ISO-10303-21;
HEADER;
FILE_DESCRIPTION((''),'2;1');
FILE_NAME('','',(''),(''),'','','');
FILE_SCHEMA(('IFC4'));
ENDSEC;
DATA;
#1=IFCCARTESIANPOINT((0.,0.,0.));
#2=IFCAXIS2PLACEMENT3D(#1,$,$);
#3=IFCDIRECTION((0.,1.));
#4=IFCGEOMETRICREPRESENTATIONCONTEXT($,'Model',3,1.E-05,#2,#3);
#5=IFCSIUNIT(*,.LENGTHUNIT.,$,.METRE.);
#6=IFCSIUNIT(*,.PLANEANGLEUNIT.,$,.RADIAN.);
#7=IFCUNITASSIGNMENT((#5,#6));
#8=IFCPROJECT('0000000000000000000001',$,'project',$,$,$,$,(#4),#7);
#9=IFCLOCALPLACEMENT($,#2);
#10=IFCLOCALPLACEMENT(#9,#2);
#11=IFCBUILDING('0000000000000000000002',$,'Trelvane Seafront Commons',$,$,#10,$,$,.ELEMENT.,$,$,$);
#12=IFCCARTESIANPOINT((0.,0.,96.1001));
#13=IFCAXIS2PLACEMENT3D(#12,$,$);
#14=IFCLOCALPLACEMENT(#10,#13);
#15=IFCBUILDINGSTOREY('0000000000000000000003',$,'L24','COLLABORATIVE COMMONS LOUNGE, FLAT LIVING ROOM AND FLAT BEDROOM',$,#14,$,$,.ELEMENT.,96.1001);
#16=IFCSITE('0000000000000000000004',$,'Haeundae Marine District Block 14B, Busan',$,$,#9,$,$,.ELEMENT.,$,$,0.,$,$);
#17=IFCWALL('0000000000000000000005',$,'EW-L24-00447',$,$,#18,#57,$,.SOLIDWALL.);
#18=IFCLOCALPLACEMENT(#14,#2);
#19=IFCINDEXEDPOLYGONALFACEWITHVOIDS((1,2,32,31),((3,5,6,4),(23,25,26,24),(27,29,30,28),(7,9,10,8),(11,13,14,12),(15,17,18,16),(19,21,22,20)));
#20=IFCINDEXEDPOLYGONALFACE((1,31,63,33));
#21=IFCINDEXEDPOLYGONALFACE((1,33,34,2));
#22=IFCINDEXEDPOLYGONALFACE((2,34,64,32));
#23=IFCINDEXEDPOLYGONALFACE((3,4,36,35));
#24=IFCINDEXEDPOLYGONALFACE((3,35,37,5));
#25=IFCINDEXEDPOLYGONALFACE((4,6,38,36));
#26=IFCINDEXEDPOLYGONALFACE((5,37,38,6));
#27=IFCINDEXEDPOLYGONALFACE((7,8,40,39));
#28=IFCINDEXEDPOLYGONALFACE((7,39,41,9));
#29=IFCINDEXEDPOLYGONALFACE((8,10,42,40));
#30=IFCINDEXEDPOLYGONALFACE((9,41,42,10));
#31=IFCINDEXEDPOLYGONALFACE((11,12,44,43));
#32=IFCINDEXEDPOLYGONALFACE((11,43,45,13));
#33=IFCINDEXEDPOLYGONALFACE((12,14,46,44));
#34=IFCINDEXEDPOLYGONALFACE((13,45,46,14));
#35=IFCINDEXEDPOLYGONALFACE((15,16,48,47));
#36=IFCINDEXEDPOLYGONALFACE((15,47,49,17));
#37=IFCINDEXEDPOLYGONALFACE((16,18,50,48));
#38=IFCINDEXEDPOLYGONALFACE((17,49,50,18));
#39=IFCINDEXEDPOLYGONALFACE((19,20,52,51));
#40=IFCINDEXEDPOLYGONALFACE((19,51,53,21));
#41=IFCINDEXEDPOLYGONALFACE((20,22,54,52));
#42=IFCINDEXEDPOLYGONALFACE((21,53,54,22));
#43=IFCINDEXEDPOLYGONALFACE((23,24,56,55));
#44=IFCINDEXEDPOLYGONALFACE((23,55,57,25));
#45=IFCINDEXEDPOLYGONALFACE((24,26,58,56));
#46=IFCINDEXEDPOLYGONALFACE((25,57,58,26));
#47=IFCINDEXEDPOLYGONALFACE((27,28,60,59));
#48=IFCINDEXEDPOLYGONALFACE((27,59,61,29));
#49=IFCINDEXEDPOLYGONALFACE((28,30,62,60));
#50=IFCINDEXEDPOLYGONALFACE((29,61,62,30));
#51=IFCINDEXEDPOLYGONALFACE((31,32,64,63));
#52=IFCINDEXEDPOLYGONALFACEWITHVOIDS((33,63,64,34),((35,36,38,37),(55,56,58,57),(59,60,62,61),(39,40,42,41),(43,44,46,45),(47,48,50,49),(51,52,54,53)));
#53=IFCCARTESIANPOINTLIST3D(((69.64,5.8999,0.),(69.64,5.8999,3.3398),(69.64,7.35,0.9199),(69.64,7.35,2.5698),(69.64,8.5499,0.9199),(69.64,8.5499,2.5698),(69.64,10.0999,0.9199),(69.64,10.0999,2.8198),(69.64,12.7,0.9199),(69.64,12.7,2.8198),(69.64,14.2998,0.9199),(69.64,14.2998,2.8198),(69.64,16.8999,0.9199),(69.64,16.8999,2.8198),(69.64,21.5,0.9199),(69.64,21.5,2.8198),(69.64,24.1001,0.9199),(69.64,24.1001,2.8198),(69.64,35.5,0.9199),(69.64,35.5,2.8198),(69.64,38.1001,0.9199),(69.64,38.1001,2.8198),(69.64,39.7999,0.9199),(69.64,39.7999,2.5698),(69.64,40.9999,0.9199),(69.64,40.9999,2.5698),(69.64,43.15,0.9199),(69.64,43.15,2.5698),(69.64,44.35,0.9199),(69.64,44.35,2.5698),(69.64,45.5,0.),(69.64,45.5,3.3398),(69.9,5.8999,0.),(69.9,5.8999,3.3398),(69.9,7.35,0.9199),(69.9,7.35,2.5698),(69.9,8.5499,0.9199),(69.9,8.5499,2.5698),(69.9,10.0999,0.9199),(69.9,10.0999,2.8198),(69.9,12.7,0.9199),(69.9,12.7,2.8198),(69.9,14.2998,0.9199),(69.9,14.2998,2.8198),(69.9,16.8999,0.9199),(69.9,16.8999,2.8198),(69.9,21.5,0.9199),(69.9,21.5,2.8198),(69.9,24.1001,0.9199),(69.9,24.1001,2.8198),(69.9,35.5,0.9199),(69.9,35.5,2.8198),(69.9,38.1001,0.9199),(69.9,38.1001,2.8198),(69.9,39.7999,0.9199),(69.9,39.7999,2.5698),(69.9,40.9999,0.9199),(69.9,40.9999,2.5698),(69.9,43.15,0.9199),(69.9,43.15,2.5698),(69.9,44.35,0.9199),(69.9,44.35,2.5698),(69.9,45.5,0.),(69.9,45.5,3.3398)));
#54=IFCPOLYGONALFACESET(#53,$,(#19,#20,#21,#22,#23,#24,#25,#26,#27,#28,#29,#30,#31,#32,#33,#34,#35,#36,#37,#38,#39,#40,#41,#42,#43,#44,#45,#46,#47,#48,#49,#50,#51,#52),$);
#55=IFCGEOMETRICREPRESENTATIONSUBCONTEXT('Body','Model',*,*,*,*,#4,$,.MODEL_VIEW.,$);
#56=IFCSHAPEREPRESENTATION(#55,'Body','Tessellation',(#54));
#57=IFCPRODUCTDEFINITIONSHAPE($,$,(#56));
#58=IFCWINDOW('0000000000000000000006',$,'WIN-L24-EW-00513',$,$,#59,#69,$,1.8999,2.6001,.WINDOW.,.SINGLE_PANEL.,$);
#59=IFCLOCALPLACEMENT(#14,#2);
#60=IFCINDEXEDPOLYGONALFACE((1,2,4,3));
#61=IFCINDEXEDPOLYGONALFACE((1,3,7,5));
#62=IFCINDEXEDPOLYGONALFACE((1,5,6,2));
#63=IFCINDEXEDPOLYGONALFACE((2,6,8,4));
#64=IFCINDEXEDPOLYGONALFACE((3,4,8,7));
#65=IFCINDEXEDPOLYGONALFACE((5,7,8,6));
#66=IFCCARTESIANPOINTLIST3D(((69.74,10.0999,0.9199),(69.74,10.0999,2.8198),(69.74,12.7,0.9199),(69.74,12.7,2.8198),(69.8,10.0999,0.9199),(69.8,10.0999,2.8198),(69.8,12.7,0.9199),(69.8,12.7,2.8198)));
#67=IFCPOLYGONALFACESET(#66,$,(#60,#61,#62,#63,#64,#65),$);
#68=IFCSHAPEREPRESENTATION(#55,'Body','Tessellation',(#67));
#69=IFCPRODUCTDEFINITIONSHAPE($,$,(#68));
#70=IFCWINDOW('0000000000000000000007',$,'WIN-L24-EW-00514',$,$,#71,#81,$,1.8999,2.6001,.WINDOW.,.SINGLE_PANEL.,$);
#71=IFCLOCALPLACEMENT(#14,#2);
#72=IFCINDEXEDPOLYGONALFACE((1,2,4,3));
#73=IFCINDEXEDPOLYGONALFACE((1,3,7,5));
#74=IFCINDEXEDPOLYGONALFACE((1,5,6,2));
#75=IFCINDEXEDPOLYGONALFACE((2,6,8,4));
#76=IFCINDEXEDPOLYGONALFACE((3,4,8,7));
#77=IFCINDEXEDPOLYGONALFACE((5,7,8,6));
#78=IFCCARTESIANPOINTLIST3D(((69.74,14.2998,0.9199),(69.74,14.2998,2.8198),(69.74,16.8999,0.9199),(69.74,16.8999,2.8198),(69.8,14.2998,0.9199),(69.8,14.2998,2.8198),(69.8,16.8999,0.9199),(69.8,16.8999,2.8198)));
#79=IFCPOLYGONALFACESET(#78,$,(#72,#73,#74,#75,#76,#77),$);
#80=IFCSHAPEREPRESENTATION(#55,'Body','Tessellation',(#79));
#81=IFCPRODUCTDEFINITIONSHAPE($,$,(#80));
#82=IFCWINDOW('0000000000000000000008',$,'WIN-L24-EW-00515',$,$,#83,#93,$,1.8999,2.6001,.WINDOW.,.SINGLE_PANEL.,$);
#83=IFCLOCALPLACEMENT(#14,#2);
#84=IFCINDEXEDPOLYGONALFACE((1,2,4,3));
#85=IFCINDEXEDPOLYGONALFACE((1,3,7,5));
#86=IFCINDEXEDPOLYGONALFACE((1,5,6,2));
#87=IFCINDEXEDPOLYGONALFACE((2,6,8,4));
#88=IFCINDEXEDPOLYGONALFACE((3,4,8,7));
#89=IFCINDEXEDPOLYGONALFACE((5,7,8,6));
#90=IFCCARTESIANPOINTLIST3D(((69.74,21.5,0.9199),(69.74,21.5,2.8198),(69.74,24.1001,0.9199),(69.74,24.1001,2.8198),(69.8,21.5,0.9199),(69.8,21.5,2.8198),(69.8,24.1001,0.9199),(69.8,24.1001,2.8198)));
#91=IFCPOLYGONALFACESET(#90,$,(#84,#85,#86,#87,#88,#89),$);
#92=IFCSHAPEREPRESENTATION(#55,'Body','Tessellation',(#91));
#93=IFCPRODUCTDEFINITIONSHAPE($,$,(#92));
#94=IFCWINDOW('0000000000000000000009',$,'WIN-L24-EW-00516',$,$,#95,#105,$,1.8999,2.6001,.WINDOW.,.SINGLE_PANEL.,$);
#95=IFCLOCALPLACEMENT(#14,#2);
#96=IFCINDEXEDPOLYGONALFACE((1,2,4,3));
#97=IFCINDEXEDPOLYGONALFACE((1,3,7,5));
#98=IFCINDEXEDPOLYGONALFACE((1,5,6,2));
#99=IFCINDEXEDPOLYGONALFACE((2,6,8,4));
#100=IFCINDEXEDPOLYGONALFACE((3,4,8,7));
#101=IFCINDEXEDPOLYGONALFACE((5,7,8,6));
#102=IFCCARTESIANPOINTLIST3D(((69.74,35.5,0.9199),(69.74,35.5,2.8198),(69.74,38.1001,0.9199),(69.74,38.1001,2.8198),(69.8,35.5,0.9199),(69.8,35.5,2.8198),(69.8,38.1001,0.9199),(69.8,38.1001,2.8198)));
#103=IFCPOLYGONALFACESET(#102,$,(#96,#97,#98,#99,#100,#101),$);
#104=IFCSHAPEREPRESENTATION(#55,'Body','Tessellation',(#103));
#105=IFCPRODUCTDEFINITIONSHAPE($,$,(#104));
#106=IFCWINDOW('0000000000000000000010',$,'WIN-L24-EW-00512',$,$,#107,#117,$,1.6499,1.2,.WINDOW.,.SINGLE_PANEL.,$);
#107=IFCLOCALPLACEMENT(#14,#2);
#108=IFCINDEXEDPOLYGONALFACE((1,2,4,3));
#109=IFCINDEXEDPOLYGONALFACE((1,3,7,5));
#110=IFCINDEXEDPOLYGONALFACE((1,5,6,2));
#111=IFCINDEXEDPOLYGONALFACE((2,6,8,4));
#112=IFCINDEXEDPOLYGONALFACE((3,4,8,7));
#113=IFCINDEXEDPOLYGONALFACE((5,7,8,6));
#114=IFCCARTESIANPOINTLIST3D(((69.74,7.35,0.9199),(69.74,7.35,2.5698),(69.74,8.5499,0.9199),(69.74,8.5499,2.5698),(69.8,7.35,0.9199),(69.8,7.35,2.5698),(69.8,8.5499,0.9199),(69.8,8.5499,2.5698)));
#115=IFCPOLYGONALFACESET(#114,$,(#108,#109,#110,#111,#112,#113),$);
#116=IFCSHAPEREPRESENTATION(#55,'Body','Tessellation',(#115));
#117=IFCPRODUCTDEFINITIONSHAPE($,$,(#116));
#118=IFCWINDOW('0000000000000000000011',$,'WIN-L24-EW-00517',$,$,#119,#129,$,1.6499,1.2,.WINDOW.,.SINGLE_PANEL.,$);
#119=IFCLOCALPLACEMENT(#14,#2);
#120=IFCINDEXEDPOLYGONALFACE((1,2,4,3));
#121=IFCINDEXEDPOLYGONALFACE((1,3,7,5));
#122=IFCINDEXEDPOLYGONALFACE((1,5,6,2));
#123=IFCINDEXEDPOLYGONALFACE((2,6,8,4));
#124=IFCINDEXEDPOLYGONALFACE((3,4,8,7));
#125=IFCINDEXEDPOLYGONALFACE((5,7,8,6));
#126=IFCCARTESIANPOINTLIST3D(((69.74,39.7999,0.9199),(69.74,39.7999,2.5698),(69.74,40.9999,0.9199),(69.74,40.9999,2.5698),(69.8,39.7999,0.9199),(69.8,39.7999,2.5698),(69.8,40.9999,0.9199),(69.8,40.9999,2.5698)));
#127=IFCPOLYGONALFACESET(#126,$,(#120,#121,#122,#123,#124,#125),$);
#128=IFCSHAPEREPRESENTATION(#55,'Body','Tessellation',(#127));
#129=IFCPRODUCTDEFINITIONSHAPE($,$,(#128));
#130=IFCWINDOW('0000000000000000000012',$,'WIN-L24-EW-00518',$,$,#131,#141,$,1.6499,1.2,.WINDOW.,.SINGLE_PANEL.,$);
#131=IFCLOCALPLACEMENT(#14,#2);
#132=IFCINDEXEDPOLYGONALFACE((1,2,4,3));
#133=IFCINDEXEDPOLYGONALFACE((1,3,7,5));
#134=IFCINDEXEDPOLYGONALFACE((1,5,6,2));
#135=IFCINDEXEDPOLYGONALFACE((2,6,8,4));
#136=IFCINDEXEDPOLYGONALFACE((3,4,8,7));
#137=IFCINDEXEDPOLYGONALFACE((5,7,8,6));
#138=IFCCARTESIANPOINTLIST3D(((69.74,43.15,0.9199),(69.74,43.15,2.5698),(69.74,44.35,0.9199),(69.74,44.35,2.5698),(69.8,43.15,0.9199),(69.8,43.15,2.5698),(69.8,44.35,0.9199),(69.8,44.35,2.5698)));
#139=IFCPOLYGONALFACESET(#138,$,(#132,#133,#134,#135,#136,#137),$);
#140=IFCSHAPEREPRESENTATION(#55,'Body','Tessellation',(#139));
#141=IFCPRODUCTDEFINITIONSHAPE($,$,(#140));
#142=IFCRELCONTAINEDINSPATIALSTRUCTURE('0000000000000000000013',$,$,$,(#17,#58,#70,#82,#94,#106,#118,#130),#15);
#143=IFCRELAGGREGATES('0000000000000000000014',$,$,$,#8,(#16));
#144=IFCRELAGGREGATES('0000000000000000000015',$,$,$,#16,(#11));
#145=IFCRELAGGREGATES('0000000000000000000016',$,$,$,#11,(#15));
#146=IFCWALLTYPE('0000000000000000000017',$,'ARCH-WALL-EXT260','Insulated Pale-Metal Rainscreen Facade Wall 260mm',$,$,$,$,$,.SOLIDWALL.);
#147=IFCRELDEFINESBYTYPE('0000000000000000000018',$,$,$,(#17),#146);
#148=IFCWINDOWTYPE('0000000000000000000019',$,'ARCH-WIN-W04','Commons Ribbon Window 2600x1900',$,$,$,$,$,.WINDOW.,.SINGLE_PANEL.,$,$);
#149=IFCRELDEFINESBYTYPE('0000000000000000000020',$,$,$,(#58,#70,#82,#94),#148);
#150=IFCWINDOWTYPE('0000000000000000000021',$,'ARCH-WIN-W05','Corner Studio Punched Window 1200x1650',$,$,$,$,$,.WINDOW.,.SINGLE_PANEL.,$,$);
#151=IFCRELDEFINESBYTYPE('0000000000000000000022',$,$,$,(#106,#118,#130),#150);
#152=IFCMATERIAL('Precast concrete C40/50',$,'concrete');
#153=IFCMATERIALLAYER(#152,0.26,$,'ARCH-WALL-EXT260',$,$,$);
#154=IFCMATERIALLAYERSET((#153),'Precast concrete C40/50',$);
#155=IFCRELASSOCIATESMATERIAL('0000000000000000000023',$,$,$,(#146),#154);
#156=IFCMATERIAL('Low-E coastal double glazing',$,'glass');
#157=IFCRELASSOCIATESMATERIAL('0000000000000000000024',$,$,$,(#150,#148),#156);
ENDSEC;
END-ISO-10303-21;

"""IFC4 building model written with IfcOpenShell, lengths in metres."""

from ifc_helpers import new_model, si_unit, direction, frame, frame_2d, origin, place, context, subcontext, project, spatial, rectangle, extrude, source, transform, mapped, material, layer, layer_set, type_object, element, fill, save


model = new_model("IFC4")

# Units and contexts
model_context = context("Model", 3, precision=1e-05, world=origin(), true_north=direction((0.0, 1.0)))
body_context = subcontext(model_context, "Body", "Model", "MODEL_VIEW")
ifc_project = project(units=[si_unit("LENGTHUNIT", "METRE"), si_unit("PLANEANGLEUNIT", "RADIAN")], contexts=[model_context])

# Site, building, storey
site_placement = place(None, origin())
site = spatial("IfcSite", under=ifc_project, at=site_placement, Name="Haeundae Marine District Block 14B, Busan", CompositionType="ELEMENT", RefElevation=0.0)
building_placement = place(site_placement, origin())
building = spatial("IfcBuilding", under=site, at=building_placement, Name="Trelvane Seafront Commons", CompositionType="ELEMENT")
storey_placement = place(building_placement, frame((0.0, 0.0, 96.1001)))
storey = spatial("IfcBuildingStorey", under=building, at=storey_placement, Name="L24", Description="COLLABORATIVE COMMONS LOUNGE, FLAT LIVING ROOM AND FLAT BEDROOM", CompositionType="ELEMENT", Elevation=96.1001)

# Shared definitions
ifc_material_1 = material(Name="Low-E coastal double glazing", Category="glass")

# Shared definitions
ifc_material_2 = material(Name="Precast concrete C40/50", Category="concrete")
ifc_layer_1 = layer(ifc_material_2, 0.26, Name="ARCH-WALL-EXT260")
ifc_layer_set_1 = layer_set([ifc_layer_1], Name="Precast concrete C40/50")
wall_type = type_object("IfcWallType", Name="ARCH-WALL-EXT260", Description="Insulated Pale-Metal Rainscreen Facade Wall 260mm", PredefinedType="SOLIDWALL", material=ifc_layer_set_1)
window_type_1 = type_object("IfcWindowType", Name="ARCH-WIN-W05", Description="Corner Studio Punched Window 1200x1650", PartitioningType="SINGLE_PANEL", PredefinedType="WINDOW", material=ifc_material_1)
shared_shape_1 = source(origin(), body_context, "Body", "SweptSolid", [
    extrude(rectangle(XDim=1.2, YDim=1.6499, at=frame_2d((0.6001, 0.825))), frame((0.0, 0.03, 0.0), z_axis=(0.0, -1.0, 0.0), x_axis=(1.0, 0.0, 0.0)), (0.0, 0.0, 1.0), 0.0601),
])

# Wall, openings, windows
wall_1_placement = place(storey_placement, frame((69.77, 45.5, 0.0), z_axis=(0.0, 0.0, 1.0), x_axis=(0.0, -1.0, 0.0)))
wall_1 = element("IfcWall", 1, at=wall_1_placement, inside=storey, type_object=wall_type, Name="EW-L24-00447", PredefinedType="SOLIDWALL", context=body_context, shape_type="SweptSolid", body=[
    extrude(rectangle(XDim=39.6001, YDim=0.26, at=frame_2d((19.8, 0.0))), origin(), (0.0, 0.0, 1.0), 3.3398),
])
opening_1_placement = place(wall_1_placement, frame((36.95, 0.0, 0.9199)))
opening_1 = element("IfcOpeningElement", 2, at=opening_1_placement, cuts=wall_1, PredefinedType="OPENING", context=body_context, shape_type="SweptSolid", body=[
    extrude(rectangle(XDim=1.2, YDim=1.6499, at=frame_2d((0.6001, 0.825))), frame((0.0, 0.1399, 0.0), z_axis=(0.0, -1.0, 0.0), x_axis=(1.0, 0.0, 0.0)), (0.0, 0.0, 1.0), 0.28),
])
opening_2_placement = place(wall_1_placement, frame((32.8, 0.0, 0.9199)))
opening_2 = element("IfcOpeningElement", 3, at=opening_2_placement, cuts=wall_1, PredefinedType="OPENING", context=body_context, shape_type="SweptSolid", body=[
    extrude(rectangle(XDim=2.6001, YDim=1.8999, at=frame_2d((1.3, 0.95))), frame((0.0, 0.1399, 0.0), z_axis=(0.0, -1.0, 0.0), x_axis=(1.0, 0.0, 0.0)), (0.0, 0.0, 1.0), 0.28),
])
opening_3_placement = place(wall_1_placement, frame((28.6001, 0.0, 0.9199)))
opening_3 = element("IfcOpeningElement", 4, at=opening_3_placement, cuts=wall_1, PredefinedType="OPENING", context=body_context, shape_type="SweptSolid", body=[
    extrude(rectangle(XDim=2.6001, YDim=1.8999, at=frame_2d((1.3, 0.95))), frame((0.0, 0.1399, 0.0), z_axis=(0.0, -1.0, 0.0), x_axis=(1.0, 0.0, 0.0)), (0.0, 0.0, 1.0), 0.28),
])
opening_4_placement = place(wall_1_placement, frame((21.3999, 0.0, 0.9199)))
opening_4 = element("IfcOpeningElement", 5, at=opening_4_placement, cuts=wall_1, PredefinedType="OPENING", context=body_context, shape_type="SweptSolid", body=[
    extrude(rectangle(XDim=2.6001, YDim=1.8999, at=frame_2d((1.3, 0.95))), frame((0.0, 0.1399, 0.0), z_axis=(0.0, -1.0, 0.0), x_axis=(1.0, 0.0, 0.0)), (0.0, 0.0, 1.0), 0.28),
])
opening_5_placement = place(wall_1_placement, frame((7.3999, 0.0, 0.9199)))
opening_5 = element("IfcOpeningElement", 6, at=opening_5_placement, cuts=wall_1, PredefinedType="OPENING", context=body_context, shape_type="SweptSolid", body=[
    extrude(rectangle(XDim=2.6001, YDim=1.8999, at=frame_2d((1.3, 0.95))), frame((0.0, 0.1399, 0.0), z_axis=(0.0, -1.0, 0.0), x_axis=(1.0, 0.0, 0.0)), (0.0, 0.0, 1.0), 0.28),
])
opening_6_placement = place(wall_1_placement, frame((4.5, 0.0, 0.9199)))
opening_6 = element("IfcOpeningElement", 7, at=opening_6_placement, cuts=wall_1, PredefinedType="OPENING", context=body_context, shape_type="SweptSolid", body=[
    extrude(rectangle(XDim=1.2, YDim=1.6499, at=frame_2d((0.6001, 0.825))), frame((0.0, 0.1399, 0.0), z_axis=(0.0, -1.0, 0.0), x_axis=(1.0, 0.0, 0.0)), (0.0, 0.0, 1.0), 0.28),
])
opening_7_placement = place(wall_1_placement, frame((1.1499, 0.0, 0.9199)))
opening_7 = element("IfcOpeningElement", 8, at=opening_7_placement, cuts=wall_1, PredefinedType="OPENING", context=body_context, shape_type="SweptSolid", body=[
    extrude(rectangle(XDim=1.2, YDim=1.6499, at=frame_2d((0.6001, 0.825))), frame((0.0, 0.1399, 0.0), z_axis=(0.0, -1.0, 0.0), x_axis=(1.0, 0.0, 0.0)), (0.0, 0.0, 1.0), 0.28),
])
window_type_2 = type_object("IfcWindowType", Name="ARCH-WIN-W04", Description="Commons Ribbon Window 2600x1900", PartitioningType="SINGLE_PANEL", PredefinedType="WINDOW", material=ifc_material_1)
shared_shape_2 = source(origin(), body_context, "Body", "SweptSolid", [
    extrude(rectangle(XDim=2.6001, YDim=1.8999, at=frame_2d((1.3, 0.95))), frame((0.0, 0.03, 0.0), z_axis=(0.0, -1.0, 0.0), x_axis=(1.0, 0.0, 0.0)), (0.0, 0.0, 1.0), 0.0601),
])
window_1_placement = place(opening_2_placement, origin())
window_1 = element("IfcWindow", 9, at=window_1_placement, inside=storey, type_object=window_type_2, Name="WIN-L24-EW-00513", OverallHeight=1.8999, OverallWidth=2.6001, PartitioningType="SINGLE_PANEL", PredefinedType="WINDOW", context=body_context, shape_type="MappedRepresentation", body=[
    mapped(shared_shape_2, transform((0.0, 0.0, 0.0), x_axis=(1.0, 0.0, 0.0), y_axis=(0.0, 1.0, 0.0), z_axis=(0.0, 0.0, 1.0), scale=1.0)),
])
fill(opening_2, window_1)
window_2_placement = place(opening_3_placement, origin())
window_2 = element("IfcWindow", 10, at=window_2_placement, inside=storey, type_object=window_type_2, Name="WIN-L24-EW-00514", OverallHeight=1.8999, OverallWidth=2.6001, PartitioningType="SINGLE_PANEL", PredefinedType="WINDOW", context=body_context, shape_type="MappedRepresentation", body=[
    mapped(shared_shape_2, transform((0.0, 0.0, 0.0), x_axis=(1.0, 0.0, 0.0), y_axis=(0.0, 1.0, 0.0), z_axis=(0.0, 0.0, 1.0), scale=1.0)),
])
fill(opening_3, window_2)
window_3_placement = place(opening_4_placement, origin())
window_3 = element("IfcWindow", 11, at=window_3_placement, inside=storey, type_object=window_type_2, Name="WIN-L24-EW-00515", OverallHeight=1.8999, OverallWidth=2.6001, PartitioningType="SINGLE_PANEL", PredefinedType="WINDOW", context=body_context, shape_type="MappedRepresentation", body=[
    mapped(shared_shape_2, transform((0.0, 0.0, 0.0), x_axis=(1.0, 0.0, 0.0), y_axis=(0.0, 1.0, 0.0), z_axis=(0.0, 0.0, 1.0), scale=1.0)),
])
fill(opening_4, window_3)
window_4_placement = place(opening_5_placement, origin())
window_4 = element("IfcWindow", 12, at=window_4_placement, inside=storey, type_object=window_type_2, Name="WIN-L24-EW-00516", OverallHeight=1.8999, OverallWidth=2.6001, PartitioningType="SINGLE_PANEL", PredefinedType="WINDOW", context=body_context, shape_type="MappedRepresentation", body=[
    mapped(shared_shape_2, transform((0.0, 0.0, 0.0), x_axis=(1.0, 0.0, 0.0), y_axis=(0.0, 1.0, 0.0), z_axis=(0.0, 0.0, 1.0), scale=1.0)),
])
fill(opening_5, window_4)
window_5_placement = place(opening_1_placement, origin())
window_5 = element("IfcWindow", 13, at=window_5_placement, inside=storey, type_object=window_type_1, Name="WIN-L24-EW-00512", OverallHeight=1.6499, OverallWidth=1.2, PartitioningType="SINGLE_PANEL", PredefinedType="WINDOW", context=body_context, shape_type="MappedRepresentation", body=[
    mapped(shared_shape_1, transform((0.0, 0.0, 0.0), x_axis=(1.0, 0.0, 0.0), y_axis=(0.0, 1.0, 0.0), z_axis=(0.0, 0.0, 1.0), scale=1.0)),
])
fill(opening_1, window_5)
window_6_placement = place(opening_6_placement, origin())
window_6 = element("IfcWindow", 14, at=window_6_placement, inside=storey, type_object=window_type_1, Name="WIN-L24-EW-00517", OverallHeight=1.6499, OverallWidth=1.2, PartitioningType="SINGLE_PANEL", PredefinedType="WINDOW", context=body_context, shape_type="MappedRepresentation", body=[
    mapped(shared_shape_1, transform((0.0, 0.0, 0.0), x_axis=(1.0, 0.0, 0.0), y_axis=(0.0, 1.0, 0.0), z_axis=(0.0, 0.0, 1.0), scale=1.0)),
])
fill(opening_6, window_6)
window_7_placement = place(opening_7_placement, origin())
window_7 = element("IfcWindow", 15, at=window_7_placement, inside=storey, type_object=window_type_1, Name="WIN-L24-EW-00518", OverallHeight=1.6499, OverallWidth=1.2, PartitioningType="SINGLE_PANEL", PredefinedType="WINDOW", context=body_context, shape_type="MappedRepresentation", body=[
    mapped(shared_shape_1, transform((0.0, 0.0, 0.0), x_axis=(1.0, 0.0, 0.0), y_axis=(0.0, 1.0, 0.0), z_axis=(0.0, 0.0, 1.0), scale=1.0)),
])
fill(opening_7, window_7)

save(model, "model.ifc")
